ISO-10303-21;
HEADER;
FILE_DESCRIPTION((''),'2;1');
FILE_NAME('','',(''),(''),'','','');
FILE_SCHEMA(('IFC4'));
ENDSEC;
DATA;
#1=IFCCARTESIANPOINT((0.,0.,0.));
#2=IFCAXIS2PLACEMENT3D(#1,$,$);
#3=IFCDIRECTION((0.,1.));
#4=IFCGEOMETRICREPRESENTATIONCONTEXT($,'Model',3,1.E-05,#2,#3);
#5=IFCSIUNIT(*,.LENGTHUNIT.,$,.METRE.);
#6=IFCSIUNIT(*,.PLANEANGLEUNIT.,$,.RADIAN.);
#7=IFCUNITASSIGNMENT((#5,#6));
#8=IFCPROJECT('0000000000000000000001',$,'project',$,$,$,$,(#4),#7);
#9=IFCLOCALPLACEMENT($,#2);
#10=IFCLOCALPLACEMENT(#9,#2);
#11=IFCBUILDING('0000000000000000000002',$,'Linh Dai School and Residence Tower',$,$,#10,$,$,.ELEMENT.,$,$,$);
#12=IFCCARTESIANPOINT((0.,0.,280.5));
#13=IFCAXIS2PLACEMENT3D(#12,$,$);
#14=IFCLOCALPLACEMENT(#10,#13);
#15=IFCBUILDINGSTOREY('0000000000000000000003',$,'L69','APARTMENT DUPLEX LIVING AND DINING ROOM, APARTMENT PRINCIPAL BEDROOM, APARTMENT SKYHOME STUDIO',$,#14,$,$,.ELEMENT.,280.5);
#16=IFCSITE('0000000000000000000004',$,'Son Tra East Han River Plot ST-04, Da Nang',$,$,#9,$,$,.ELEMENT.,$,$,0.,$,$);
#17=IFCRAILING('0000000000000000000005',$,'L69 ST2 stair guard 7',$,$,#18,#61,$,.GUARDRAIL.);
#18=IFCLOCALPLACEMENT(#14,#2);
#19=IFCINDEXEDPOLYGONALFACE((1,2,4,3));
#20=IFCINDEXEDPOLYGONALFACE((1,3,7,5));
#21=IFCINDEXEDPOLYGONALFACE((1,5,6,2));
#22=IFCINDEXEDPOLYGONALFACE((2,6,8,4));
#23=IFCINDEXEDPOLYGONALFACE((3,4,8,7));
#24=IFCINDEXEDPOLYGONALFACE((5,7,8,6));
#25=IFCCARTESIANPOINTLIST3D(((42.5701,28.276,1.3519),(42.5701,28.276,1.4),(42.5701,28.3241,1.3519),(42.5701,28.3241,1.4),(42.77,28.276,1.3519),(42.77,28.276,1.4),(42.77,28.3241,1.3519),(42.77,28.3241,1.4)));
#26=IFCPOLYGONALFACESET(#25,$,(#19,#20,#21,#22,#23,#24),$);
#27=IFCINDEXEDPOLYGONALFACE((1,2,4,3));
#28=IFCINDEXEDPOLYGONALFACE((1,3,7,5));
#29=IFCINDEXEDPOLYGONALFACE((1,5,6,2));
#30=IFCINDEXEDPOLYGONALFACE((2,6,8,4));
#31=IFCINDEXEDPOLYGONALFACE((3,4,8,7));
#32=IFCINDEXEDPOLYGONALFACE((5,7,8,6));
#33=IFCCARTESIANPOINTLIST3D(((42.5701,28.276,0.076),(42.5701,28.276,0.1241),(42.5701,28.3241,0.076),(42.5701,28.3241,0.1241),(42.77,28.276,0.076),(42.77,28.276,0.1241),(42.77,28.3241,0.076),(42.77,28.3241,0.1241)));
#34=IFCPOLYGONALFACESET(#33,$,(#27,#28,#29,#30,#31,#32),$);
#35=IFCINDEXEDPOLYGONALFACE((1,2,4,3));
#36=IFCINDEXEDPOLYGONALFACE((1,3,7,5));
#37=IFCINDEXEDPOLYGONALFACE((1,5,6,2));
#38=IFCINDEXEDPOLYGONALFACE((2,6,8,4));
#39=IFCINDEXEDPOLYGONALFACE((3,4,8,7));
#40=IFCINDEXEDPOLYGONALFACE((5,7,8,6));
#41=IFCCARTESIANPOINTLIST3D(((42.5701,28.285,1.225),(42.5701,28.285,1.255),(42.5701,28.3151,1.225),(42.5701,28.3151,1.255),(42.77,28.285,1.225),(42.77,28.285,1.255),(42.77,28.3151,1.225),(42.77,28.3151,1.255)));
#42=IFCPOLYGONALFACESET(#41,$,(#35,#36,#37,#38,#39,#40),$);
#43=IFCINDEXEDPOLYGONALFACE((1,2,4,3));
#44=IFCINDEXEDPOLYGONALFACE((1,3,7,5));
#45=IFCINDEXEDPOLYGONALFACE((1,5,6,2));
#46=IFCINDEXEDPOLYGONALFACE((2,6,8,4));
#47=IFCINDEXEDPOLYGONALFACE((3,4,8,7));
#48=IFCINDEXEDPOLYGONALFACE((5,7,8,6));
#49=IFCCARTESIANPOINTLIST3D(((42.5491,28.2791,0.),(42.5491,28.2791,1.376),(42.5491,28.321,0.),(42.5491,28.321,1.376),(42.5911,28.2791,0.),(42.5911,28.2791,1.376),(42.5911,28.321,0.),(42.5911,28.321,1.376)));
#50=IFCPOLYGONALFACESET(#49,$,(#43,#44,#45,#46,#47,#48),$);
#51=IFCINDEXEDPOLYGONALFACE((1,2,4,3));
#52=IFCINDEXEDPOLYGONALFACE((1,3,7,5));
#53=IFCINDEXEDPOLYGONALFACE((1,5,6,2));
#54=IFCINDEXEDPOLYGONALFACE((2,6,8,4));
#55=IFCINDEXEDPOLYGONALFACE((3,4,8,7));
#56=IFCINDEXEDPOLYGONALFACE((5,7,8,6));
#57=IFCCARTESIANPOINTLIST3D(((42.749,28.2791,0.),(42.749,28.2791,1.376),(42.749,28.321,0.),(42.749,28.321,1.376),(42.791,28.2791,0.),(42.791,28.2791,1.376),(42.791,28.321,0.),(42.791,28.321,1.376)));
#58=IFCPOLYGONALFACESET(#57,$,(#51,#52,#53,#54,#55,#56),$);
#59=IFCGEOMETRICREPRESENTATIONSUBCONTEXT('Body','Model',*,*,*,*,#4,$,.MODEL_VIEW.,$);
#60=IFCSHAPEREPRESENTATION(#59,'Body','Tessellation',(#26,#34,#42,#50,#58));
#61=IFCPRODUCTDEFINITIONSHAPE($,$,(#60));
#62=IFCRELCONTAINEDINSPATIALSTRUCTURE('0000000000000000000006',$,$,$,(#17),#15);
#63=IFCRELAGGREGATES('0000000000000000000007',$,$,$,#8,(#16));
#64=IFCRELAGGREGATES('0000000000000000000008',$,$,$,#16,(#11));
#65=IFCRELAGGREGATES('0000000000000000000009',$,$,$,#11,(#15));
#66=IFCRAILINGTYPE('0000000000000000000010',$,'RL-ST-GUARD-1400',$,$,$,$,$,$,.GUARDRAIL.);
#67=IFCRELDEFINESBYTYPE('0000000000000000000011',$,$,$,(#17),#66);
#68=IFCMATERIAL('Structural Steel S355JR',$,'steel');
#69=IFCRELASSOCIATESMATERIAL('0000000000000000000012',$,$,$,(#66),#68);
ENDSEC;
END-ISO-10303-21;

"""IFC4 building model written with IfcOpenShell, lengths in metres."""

from ifc_helpers import new_model, si_unit, direction, frame, origin, origin_2d, place, context, subcontext, project, spatial, rectangle, extrude, source, transform, mapped, material, type_object, element, save


model = new_model("IFC4")

# Units and contexts
model_context = context("Model", 3, precision=1e-05, world=origin(), true_north=direction((0.0, 1.0)))
body_context = subcontext(model_context, "Body", "Model", "MODEL_VIEW")
ifc_project = project(units=[si_unit("LENGTHUNIT", "METRE"), si_unit("PLANEANGLEUNIT", "RADIAN")], contexts=[model_context])

# Site, building, storey
site_placement = place(None, origin())
site = spatial("IfcSite", under=ifc_project, at=site_placement, Name="Son Tra East Han River Plot ST-04, Da Nang", CompositionType="ELEMENT", RefElevation=0.0)
building_placement = place(site_placement, origin())
building = spatial("IfcBuilding", under=site, at=building_placement, Name="Linh Dai School and Residence Tower", CompositionType="ELEMENT")
storey_placement = place(building_placement, frame((0.0, 0.0, 280.5)))
storey = spatial("IfcBuildingStorey", under=building, at=storey_placement, Name="L69", Description="APARTMENT DUPLEX LIVING AND DINING ROOM, APARTMENT PRINCIPAL BEDROOM, APARTMENT SKYHOME STUDIO", CompositionType="ELEMENT", Elevation=280.5)

# Shared definitions
ifc_material_1 = material(Name="Structural Steel S355JR", Category="steel")

# Railing
railing_type = type_object("IfcRailingType", Name="RL-ST-GUARD-1400", PredefinedType="GUARDRAIL", material=ifc_material_1)
shared_shape_1 = source(origin(), body_context, "Body", "SweptSolid", [
    extrude(rectangle(XDim=0.0481, YDim=0.0481, at=origin_2d()), frame((0.0, 0.0, 1.376), z_axis=(1.0, 0.0, 0.0), x_axis=(0.0, 1.0, 0.0)), (0.0, 0.0, 1.0), 0.2),
    extrude(rectangle(XDim=0.0481, YDim=0.0481, at=origin_2d()), frame((0.0, 0.0, 0.1001), z_axis=(1.0, 0.0, 0.0), x_axis=(0.0, 1.0, 0.0)), (0.0, 0.0, 1.0), 0.2),
    extrude(rectangle(XDim=0.03, YDim=0.03, at=origin_2d()), frame((0.0, 0.0, 1.24), z_axis=(1.0, 0.0, 0.0), x_axis=(0.0, 1.0, 0.0)), (0.0, 0.0, 1.0), 0.2),
    extrude(rectangle(XDim=0.042, YDim=0.042, at=origin_2d()), origin(), (0.0, 0.0, 1.0), 1.376),
    extrude(rectangle(XDim=0.042, YDim=0.042, at=origin_2d()), frame((0.2, 0.0, 0.0)), (0.0, 0.0, 1.0), 1.376),
])
railing_1_placement = place(storey_placement, frame((42.5701, 28.3, 0.0)))
element("IfcRailing", 1, at=railing_1_placement, inside=storey, type_object=railing_type, Name="L69 ST2 stair guard 7", PredefinedType="GUARDRAIL", context=body_context, shape_type="MappedRepresentation", body=[
    mapped(shared_shape_1, transform((0.0, 0.0, 0.0), x_axis=(1.0, 0.0, 0.0), y_axis=(0.0, 1.0, 0.0), z_axis=(0.0, 0.0, 1.0), scale=1.0)),
])

save(model, "model.ifc")
